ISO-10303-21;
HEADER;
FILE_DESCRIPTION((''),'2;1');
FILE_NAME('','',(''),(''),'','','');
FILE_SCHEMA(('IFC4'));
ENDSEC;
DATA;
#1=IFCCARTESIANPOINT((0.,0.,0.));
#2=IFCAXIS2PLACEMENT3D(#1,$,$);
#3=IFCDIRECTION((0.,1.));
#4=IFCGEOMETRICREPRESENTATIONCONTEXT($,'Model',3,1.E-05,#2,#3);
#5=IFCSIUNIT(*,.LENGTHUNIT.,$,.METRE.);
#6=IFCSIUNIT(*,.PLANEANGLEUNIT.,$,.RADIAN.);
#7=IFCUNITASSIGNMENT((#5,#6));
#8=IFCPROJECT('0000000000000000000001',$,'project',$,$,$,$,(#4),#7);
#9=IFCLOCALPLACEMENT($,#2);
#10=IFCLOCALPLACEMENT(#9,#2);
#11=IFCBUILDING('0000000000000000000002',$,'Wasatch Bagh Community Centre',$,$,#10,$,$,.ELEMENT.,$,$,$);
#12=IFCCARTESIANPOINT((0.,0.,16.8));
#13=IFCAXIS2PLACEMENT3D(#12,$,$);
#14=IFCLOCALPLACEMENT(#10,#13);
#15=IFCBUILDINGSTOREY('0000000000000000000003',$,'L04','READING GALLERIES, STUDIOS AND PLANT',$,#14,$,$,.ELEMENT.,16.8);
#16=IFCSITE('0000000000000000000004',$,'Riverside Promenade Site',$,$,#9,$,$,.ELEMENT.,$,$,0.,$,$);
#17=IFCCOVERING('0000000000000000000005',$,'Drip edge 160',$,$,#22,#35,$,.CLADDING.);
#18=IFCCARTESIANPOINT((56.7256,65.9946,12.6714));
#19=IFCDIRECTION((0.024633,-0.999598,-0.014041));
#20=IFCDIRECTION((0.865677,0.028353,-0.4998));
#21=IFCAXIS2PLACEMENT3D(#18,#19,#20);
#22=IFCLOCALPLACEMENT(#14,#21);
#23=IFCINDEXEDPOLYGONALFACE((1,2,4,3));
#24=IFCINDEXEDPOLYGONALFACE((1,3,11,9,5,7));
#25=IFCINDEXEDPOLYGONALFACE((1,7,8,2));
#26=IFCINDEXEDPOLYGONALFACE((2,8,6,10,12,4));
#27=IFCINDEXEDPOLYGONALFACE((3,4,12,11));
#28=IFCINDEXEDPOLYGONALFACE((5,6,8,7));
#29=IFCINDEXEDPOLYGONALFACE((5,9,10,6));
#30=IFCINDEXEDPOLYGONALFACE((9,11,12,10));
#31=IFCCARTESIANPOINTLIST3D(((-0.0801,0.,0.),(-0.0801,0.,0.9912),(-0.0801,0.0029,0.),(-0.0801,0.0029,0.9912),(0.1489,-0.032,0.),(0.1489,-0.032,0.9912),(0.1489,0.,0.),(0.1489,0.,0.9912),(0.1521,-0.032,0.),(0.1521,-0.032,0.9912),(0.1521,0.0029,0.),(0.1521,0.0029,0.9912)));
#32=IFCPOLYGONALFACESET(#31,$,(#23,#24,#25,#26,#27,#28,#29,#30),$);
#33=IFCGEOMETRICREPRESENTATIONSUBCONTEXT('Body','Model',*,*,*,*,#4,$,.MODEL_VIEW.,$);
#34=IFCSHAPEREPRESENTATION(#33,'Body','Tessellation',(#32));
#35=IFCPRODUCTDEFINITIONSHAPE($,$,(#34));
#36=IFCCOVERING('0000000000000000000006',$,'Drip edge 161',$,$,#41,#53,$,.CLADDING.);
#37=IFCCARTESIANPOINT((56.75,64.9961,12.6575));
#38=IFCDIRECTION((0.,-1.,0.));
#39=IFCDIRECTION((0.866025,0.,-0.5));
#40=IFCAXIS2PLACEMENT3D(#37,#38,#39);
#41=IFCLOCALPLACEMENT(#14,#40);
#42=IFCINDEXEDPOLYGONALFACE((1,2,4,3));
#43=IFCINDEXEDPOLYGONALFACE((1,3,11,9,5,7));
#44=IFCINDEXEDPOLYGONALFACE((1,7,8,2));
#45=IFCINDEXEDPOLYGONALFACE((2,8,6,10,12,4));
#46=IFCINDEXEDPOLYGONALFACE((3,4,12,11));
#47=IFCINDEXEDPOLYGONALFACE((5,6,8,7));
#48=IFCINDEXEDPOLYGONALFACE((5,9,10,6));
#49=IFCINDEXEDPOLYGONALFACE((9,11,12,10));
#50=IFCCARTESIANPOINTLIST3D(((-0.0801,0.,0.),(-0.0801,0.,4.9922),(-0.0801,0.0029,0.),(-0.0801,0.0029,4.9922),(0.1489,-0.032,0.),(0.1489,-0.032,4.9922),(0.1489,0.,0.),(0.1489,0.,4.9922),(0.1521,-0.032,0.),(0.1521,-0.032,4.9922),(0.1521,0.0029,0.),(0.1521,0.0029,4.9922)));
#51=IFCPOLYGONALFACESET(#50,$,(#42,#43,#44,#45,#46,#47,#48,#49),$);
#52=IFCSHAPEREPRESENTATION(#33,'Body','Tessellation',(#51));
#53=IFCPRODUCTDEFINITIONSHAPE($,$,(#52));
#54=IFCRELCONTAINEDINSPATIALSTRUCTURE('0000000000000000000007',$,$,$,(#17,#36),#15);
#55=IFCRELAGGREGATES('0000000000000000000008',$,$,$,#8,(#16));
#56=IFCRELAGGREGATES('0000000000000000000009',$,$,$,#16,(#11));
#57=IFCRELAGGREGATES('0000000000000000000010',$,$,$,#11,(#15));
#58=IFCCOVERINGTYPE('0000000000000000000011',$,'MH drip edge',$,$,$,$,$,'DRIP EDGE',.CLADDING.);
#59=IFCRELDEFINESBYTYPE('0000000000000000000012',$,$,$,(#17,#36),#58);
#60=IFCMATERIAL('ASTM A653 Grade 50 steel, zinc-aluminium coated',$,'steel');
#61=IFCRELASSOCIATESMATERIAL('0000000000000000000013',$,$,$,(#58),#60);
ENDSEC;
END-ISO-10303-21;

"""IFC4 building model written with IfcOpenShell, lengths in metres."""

from ifc_helpers import new_model, si_unit, direction, frame, origin, place, context, subcontext, project, spatial, polyline, outline, extrude, material, material_profile, profile_set, type_object, element, save


model = new_model("IFC4")

# Units and contexts
model_context = context("Model", 3, precision=1e-05, world=origin(), true_north=direction((0.0, 1.0)))
body_context = subcontext(model_context, "Body", "Model", "MODEL_VIEW")
ifc_project = project(units=[si_unit("LENGTHUNIT", "METRE"), si_unit("PLANEANGLEUNIT", "RADIAN")], contexts=[model_context])

# Site, building, storey
site_placement = place(None, origin())
site = spatial("IfcSite", under=ifc_project, at=site_placement, Name="Riverside Promenade Site", CompositionType="ELEMENT", RefElevation=0.0)
building_placement = place(site_placement, origin())
building = spatial("IfcBuilding", under=site, at=building_placement, Name="Wasatch Bagh Community Centre", CompositionType="ELEMENT")
storey_placement = place(building_placement, frame((0.0, 0.0, 16.8)))
storey = spatial("IfcBuildingStorey", under=building, at=storey_placement, Name="L04", Description="READING GALLERIES, STUDIOS AND PLANT", CompositionType="ELEMENT", Elevation=16.8)

# Coverings
ifc_material_1 = material(Name="ASTM A653 Grade 50 steel, zinc-aluminium coated", Category="steel")
ifc_material_profile_1 = material_profile(ifc_material_1, outline(polyline([(-0.0801, 0.0029), (0.1521, 0.0029), (0.1521, -0.032), (0.1489, -0.032), (0.1489, 0.0), (-0.0801, 0.0), (-0.0801, 0.0029)])), Name="DRIP EDGE")
ifc_profile_set_1 = profile_set([ifc_material_profile_1], Name="ASTM A653 Grade 50 steel, zinc-aluminium coated")
covering_type_1 = type_object("IfcCoveringType", Name="MH drip edge", ElementType="DRIP EDGE", PredefinedType="CLADDING", material=ifc_profile_set_1)
covering_1_placement = place(storey_placement, frame((56.7256, 65.9946, 12.6714), z_axis=(0.024633, -0.999598, -0.014041), x_axis=(0.865677, 0.028353, -0.4998)))
element("IfcCovering", 1, at=covering_1_placement, inside=storey, type_object=covering_type_1, Name="Drip edge 160", PredefinedType="CLADDING", context=body_context, shape_type="SweptSolid", body=[
    extrude(outline(polyline([(-0.0801, 0.0029), (0.1521, 0.0029), (0.1521, -0.032), (0.1489, -0.032), (0.1489, 0.0), (-0.0801, 0.0), (-0.0801, 0.0029)])), origin(), (0.0, 0.0, 1.0), 0.9912),
])
covering_2_placement = place(storey_placement, frame((56.75, 64.9961, 12.6575), z_axis=(0.0, -1.0, 0.0), x_axis=(0.866025, 0.0, -0.5)))
element("IfcCovering", 2, at=covering_2_placement, inside=storey, type_object=covering_type_1, Name="Drip edge 161", PredefinedType="CLADDING", context=body_context, shape_type="SweptSolid", body=[
    extrude(outline(polyline([(-0.0801, 0.0029), (0.1521, 0.0029), (0.1521, -0.032), (0.1489, -0.032), (0.1489, 0.0), (-0.0801, 0.0), (-0.0801, 0.0029)])), origin(), (0.0, 0.0, 1.0), 4.9922),
])

save(model, "model.ifc")
